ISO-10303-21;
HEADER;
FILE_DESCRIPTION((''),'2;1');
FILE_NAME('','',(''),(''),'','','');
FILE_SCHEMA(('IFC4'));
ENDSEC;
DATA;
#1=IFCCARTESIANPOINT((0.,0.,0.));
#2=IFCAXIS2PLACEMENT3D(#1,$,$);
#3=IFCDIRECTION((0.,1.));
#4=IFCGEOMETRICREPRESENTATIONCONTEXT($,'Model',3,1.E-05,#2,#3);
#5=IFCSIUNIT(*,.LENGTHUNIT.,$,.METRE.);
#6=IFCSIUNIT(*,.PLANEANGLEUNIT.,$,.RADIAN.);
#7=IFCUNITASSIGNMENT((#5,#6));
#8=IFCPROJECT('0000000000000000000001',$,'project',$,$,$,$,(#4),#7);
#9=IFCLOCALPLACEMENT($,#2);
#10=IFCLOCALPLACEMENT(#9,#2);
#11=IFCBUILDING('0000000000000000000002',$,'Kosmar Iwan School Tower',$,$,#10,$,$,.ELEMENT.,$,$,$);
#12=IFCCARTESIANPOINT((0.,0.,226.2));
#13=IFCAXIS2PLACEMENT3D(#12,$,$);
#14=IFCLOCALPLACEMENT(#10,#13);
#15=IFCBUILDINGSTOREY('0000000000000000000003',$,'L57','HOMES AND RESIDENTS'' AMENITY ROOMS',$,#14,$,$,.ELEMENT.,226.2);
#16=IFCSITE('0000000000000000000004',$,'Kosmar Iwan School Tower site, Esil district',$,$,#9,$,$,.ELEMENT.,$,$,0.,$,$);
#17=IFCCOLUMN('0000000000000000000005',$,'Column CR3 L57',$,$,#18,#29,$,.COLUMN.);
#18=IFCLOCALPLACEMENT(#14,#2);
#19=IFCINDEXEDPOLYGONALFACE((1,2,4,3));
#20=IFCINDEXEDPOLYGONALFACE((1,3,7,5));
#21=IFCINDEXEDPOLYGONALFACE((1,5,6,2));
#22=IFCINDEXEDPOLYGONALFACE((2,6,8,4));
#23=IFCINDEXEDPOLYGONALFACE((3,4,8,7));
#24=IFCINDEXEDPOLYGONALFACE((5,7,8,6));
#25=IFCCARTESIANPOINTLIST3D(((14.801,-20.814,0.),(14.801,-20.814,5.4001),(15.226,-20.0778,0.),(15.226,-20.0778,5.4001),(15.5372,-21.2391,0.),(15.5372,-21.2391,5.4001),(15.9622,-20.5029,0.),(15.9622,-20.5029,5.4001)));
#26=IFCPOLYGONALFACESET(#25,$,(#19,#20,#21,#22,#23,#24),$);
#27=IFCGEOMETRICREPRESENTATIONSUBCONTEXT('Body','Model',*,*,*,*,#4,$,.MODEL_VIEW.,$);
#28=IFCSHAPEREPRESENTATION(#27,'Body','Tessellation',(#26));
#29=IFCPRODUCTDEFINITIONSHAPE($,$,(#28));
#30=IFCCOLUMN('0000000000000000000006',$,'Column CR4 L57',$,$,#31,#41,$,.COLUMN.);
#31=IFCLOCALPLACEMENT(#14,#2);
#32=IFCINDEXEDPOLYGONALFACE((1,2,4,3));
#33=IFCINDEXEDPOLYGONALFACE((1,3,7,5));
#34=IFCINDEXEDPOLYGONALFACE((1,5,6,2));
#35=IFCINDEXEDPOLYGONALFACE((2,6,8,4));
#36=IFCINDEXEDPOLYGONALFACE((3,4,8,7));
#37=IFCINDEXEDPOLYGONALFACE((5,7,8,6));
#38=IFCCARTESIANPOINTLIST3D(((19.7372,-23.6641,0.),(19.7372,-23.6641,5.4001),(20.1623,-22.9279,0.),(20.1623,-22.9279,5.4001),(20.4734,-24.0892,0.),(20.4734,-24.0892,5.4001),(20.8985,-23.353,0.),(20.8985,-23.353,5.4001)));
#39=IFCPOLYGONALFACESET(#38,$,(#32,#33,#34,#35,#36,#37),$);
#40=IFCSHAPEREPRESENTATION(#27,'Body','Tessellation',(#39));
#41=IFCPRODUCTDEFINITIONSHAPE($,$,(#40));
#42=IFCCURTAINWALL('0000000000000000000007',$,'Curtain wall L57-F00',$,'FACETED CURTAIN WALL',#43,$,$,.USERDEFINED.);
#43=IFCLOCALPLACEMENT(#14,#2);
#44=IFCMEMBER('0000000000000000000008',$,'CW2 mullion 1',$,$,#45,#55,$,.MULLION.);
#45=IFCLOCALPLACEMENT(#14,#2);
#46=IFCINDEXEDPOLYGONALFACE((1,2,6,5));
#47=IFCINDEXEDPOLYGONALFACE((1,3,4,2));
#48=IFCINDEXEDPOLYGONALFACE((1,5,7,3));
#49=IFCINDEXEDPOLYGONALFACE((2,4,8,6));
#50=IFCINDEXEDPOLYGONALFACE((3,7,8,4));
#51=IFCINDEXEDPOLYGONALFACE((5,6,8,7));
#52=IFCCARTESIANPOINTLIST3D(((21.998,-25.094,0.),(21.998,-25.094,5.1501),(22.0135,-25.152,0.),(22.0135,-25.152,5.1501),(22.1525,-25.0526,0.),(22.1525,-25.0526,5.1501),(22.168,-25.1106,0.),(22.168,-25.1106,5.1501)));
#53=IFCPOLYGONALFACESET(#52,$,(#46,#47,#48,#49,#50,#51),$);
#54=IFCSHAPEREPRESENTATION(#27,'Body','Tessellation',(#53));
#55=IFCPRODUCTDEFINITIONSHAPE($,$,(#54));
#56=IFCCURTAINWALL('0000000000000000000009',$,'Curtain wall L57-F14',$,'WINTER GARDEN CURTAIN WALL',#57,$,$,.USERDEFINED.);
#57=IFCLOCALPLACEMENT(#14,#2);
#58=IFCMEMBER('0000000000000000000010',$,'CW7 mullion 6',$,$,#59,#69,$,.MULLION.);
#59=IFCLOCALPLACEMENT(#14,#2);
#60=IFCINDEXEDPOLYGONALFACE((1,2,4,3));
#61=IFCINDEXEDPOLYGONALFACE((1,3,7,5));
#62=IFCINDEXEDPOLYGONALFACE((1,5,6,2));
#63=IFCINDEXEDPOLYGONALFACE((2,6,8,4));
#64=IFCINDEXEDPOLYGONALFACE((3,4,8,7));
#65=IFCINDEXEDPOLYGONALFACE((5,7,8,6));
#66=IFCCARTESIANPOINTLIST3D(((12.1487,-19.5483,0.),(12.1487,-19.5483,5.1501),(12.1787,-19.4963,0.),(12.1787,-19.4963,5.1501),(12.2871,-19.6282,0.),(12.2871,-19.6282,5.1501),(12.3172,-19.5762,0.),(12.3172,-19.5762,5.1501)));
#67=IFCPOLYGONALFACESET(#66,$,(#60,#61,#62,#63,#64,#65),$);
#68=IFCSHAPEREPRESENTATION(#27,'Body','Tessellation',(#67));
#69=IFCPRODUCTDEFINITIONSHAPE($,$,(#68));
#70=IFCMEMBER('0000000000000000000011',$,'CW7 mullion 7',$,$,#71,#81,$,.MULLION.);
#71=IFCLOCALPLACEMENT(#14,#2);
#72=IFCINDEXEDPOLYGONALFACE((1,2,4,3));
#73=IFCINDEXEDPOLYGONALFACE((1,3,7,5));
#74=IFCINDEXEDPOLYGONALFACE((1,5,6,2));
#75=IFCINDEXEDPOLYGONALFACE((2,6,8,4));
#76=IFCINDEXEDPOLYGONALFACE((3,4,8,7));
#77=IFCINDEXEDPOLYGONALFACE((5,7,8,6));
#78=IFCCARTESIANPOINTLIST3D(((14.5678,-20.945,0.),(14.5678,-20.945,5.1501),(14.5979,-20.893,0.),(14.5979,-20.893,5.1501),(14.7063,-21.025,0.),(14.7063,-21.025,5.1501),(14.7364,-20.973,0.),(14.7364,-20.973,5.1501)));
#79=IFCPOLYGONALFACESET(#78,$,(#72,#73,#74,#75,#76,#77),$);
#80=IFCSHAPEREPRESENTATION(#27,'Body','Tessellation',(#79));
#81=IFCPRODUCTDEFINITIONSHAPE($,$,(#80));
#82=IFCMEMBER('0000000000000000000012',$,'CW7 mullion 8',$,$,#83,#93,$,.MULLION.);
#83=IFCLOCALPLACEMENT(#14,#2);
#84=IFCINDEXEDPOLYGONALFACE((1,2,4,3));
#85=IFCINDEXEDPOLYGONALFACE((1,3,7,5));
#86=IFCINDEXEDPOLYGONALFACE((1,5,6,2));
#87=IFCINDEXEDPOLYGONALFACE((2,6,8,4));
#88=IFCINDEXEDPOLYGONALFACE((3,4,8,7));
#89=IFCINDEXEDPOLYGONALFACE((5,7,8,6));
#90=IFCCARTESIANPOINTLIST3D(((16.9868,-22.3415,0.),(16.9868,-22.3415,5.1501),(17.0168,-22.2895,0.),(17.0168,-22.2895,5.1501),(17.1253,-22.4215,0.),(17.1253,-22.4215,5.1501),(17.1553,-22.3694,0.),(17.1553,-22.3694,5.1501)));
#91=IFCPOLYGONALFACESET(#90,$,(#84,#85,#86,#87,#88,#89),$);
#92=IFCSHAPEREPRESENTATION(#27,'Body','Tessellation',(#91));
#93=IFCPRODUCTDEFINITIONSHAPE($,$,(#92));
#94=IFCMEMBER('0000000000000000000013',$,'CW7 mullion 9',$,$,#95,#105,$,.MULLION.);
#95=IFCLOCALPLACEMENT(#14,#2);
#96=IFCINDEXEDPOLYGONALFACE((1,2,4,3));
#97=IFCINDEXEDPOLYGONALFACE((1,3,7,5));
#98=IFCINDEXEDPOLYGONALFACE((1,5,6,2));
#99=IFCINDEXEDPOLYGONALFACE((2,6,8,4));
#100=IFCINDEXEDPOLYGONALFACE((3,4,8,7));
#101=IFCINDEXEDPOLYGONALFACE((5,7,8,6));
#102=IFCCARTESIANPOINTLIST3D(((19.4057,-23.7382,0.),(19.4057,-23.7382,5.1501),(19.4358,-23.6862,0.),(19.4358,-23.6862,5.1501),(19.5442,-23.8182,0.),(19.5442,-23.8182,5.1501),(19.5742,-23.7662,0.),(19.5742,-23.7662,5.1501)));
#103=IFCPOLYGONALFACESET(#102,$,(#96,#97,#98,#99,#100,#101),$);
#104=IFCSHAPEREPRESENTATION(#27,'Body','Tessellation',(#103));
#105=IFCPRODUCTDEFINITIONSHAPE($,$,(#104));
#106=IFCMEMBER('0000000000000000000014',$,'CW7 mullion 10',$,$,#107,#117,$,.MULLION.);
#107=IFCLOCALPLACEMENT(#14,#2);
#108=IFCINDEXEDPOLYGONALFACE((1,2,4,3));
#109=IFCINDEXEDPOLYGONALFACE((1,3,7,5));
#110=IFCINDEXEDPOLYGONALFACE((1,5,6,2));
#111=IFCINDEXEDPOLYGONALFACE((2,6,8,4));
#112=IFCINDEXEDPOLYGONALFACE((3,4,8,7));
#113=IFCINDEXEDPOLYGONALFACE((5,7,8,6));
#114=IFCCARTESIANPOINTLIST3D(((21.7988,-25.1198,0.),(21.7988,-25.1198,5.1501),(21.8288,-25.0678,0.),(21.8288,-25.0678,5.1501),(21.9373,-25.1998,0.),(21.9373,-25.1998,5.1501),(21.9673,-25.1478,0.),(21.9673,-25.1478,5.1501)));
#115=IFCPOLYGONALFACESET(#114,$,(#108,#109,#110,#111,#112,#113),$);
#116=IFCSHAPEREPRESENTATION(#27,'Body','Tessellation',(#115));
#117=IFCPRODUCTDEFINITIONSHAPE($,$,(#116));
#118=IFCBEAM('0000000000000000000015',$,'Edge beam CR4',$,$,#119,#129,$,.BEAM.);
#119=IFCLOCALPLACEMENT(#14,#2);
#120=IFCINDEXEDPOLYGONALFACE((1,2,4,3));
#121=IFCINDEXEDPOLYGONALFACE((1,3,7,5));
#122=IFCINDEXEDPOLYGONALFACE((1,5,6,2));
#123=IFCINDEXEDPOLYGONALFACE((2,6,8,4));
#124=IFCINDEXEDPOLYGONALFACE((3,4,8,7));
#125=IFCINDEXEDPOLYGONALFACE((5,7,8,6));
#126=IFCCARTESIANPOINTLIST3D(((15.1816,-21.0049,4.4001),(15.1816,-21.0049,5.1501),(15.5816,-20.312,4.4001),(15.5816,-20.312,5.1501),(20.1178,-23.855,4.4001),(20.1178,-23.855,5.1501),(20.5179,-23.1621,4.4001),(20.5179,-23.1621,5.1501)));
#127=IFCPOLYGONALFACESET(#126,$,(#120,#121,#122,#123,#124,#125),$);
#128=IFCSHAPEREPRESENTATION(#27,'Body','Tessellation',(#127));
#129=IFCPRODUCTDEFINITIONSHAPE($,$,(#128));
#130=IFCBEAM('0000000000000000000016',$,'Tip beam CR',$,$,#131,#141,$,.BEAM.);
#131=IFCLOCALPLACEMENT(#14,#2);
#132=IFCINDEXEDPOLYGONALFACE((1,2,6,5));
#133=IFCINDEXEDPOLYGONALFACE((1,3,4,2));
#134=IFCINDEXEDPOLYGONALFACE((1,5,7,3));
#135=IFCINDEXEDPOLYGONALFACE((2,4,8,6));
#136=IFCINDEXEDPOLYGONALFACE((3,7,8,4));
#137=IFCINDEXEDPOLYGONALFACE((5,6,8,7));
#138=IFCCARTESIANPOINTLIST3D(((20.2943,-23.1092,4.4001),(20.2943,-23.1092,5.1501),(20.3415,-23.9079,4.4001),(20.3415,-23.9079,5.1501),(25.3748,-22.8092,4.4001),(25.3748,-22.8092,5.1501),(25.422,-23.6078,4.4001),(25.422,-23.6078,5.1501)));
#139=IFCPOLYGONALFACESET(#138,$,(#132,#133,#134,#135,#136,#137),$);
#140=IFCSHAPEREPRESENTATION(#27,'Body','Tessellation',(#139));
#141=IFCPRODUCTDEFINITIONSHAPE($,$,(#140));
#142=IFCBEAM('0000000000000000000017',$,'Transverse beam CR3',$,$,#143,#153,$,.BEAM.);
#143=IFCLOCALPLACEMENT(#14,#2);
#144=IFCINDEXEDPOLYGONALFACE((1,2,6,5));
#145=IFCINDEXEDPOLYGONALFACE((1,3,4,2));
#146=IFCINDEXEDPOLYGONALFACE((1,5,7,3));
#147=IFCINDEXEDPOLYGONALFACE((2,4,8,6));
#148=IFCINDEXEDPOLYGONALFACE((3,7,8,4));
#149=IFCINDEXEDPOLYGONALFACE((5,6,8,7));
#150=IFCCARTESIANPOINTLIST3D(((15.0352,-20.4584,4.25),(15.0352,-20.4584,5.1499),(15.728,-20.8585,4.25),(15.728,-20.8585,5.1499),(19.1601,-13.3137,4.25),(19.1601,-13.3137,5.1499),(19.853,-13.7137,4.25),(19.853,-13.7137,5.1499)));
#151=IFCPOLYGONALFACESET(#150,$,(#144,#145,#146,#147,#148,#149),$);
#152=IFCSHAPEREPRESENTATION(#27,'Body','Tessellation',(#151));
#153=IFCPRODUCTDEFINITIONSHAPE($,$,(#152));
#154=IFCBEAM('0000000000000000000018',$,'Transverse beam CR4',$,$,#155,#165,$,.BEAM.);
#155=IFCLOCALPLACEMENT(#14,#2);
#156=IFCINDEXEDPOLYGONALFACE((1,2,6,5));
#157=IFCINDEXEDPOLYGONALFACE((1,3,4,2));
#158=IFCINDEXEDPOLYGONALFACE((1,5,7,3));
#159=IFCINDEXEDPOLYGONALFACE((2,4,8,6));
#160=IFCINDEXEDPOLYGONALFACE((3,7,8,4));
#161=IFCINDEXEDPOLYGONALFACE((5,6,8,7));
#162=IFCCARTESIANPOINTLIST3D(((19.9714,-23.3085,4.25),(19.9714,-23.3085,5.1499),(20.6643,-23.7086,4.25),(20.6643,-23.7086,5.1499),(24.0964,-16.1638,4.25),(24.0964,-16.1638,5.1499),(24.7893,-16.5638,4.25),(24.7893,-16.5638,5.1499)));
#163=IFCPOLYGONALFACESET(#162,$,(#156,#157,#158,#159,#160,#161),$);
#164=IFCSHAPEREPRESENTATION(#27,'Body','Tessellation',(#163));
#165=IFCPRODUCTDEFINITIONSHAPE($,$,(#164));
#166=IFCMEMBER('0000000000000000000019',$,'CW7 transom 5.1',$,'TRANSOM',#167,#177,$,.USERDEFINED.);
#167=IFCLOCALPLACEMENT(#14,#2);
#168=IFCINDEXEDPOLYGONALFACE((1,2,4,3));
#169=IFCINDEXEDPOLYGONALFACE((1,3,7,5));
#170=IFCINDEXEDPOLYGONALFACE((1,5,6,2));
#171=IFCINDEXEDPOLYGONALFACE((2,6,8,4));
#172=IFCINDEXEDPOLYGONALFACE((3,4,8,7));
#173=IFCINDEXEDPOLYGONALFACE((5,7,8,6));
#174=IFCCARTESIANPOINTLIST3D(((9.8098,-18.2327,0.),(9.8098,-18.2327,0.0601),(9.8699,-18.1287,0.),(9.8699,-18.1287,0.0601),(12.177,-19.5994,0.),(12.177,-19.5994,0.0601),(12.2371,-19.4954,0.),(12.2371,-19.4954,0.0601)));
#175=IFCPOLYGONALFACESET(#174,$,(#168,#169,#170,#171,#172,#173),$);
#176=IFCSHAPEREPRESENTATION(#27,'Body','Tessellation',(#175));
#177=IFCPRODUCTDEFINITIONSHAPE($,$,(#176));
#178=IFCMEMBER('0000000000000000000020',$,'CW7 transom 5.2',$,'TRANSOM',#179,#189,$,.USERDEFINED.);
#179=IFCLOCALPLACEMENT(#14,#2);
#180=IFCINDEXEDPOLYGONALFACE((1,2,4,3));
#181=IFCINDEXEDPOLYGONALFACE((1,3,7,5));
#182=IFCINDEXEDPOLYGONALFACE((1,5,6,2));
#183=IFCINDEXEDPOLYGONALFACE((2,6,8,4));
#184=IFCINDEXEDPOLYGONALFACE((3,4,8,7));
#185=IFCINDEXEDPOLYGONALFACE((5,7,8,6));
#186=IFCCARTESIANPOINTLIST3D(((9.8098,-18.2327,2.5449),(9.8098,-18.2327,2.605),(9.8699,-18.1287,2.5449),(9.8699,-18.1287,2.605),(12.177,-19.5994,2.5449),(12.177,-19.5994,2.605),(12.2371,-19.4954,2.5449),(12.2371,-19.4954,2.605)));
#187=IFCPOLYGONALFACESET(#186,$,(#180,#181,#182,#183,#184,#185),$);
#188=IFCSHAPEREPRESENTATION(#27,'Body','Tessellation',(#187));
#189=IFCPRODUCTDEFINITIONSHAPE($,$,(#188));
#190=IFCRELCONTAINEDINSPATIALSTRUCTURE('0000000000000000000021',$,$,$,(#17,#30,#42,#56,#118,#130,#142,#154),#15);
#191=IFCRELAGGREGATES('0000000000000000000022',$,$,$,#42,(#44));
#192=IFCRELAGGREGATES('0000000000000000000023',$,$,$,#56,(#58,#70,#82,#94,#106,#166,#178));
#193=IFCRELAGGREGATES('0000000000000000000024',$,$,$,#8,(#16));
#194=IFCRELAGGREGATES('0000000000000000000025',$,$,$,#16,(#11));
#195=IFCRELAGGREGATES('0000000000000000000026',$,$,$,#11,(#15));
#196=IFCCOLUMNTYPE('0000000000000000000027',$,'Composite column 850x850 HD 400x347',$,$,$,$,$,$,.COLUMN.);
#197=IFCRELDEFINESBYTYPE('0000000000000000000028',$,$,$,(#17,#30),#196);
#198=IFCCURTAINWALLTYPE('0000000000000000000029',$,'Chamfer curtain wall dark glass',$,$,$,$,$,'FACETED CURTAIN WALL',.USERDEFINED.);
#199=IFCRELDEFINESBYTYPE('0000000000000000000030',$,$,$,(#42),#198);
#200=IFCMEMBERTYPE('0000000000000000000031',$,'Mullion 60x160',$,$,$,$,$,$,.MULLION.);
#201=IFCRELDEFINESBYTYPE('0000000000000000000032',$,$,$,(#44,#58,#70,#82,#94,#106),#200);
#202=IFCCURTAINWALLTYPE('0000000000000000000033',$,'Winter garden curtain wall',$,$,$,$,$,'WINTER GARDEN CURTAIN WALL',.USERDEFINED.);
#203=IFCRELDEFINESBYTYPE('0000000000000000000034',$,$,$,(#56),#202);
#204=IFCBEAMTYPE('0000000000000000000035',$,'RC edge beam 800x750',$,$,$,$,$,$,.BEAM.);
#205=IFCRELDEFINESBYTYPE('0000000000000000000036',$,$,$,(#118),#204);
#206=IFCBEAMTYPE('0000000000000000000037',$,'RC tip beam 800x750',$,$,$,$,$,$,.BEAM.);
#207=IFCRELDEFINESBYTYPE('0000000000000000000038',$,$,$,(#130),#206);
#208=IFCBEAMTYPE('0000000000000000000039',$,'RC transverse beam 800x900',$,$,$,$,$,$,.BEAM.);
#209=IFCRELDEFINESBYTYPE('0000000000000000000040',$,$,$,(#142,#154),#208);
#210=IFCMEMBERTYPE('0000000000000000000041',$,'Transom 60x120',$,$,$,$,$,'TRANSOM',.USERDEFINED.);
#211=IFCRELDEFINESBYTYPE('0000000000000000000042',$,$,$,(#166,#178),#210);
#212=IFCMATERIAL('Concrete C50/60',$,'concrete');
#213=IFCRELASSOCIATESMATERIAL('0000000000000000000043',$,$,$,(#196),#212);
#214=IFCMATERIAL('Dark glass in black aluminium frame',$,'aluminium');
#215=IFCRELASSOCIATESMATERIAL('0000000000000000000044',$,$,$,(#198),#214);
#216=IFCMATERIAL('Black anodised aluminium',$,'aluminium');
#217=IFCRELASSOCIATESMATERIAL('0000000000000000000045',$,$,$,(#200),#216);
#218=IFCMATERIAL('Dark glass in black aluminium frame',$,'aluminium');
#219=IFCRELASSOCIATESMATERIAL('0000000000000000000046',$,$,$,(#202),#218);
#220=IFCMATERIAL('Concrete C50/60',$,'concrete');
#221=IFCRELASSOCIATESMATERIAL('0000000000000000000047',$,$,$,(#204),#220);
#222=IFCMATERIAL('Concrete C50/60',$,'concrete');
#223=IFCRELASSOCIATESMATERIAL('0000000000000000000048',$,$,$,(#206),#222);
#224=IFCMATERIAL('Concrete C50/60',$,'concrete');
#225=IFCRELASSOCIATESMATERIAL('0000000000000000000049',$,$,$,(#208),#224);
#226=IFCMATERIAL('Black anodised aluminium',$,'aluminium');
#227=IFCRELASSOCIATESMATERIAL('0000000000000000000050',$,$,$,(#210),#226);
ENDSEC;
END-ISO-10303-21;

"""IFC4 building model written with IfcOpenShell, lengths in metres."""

from ifc_helpers import new_model, si_unit, direction, frame, origin, origin_2d, place, context, subcontext, project, spatial, rectangle, extrude, material, material_profile, profile_set, type_object, element, aggregate, save


model = new_model("IFC4")

# Units and contexts
model_context = context("Model", 3, precision=1e-05, world=origin(), true_north=direction((0.0, 1.0)))
body_context = subcontext(model_context, "Body", "Model", "MODEL_VIEW")
ifc_project = project(units=[si_unit("LENGTHUNIT", "METRE"), si_unit("PLANEANGLEUNIT", "RADIAN")], contexts=[model_context])

# Site, building, storey
site_placement = place(None, origin())
site = spatial("IfcSite", under=ifc_project, at=site_placement, Name="Kosmar Iwan School Tower site, Esil district", CompositionType="ELEMENT", RefElevation=0.0)
building_placement = place(site_placement, origin())
building = spatial("IfcBuilding", under=site, at=building_placement, Name="Kosmar Iwan School Tower", CompositionType="ELEMENT")
storey_placement = place(building_placement, frame((0.0, 0.0, 226.2)))
storey = spatial("IfcBuildingStorey", under=building, at=storey_placement, Name="L57", Description="HOMES AND RESIDENTS' AMENITY ROOMS", CompositionType="ELEMENT", Elevation=226.2)

# Columns
ifc_material_1 = material(Name="Concrete C50/60", Category="concrete")
ifc_material_profile_1 = material_profile(ifc_material_1, rectangle(XDim=0.8501, YDim=0.8501, at=origin_2d()), Name="RC 850x850 + HD 400x347")
ifc_profile_set_1 = profile_set([ifc_material_profile_1], Name="Concrete C50/60")
column_type = type_object("IfcColumnType", Name="Composite column 850x850 HD 400x347", PredefinedType="COLUMN", material=ifc_profile_set_1)
for number, where, z_axis, x_axis, name in (
    (1, (15.3816, -20.6584, 0.0), (0.0, 0.0, 1.0), (0.866025, -0.5, 0.0), "Column CR3 L57"),
    (2, (20.3179, -23.5085, 0.0), (0.0, 0.0, 1.0), (0.866025, -0.5, 0.0), "Column CR4 L57"),
):
    element("IfcColumn", number, at=place(storey_placement, frame(where, z_axis=z_axis, x_axis=x_axis)), inside=storey, type_object=column_type, Name=name, PredefinedType="COLUMN", context=body_context, shape_type="SweptSolid", body=[
        extrude(rectangle(XDim=0.8501, YDim=0.8501, at=origin_2d()), origin(), (0.0, 0.0, 1.0), 5.4001),
    ])

# Curtain wall, member
ifc_material_2 = material(Name="Dark glass in black aluminium frame", Category="aluminium")
curtain_wall_type_1 = type_object("IfcCurtainWallType", Name="Chamfer curtain wall dark glass", ElementType="FACETED CURTAIN WALL", PredefinedType="USERDEFINED", material=ifc_material_2)
curtain_wall_1_placement = place(storey_placement, origin())
curtain_wall_1 = element("IfcCurtainWall", 3, at=curtain_wall_1_placement, inside=storey, type_object=curtain_wall_type_1, Name="Curtain wall L57-F00", ObjectType="FACETED CURTAIN WALL", PredefinedType="USERDEFINED")
ifc_material_3 = material(Name="Black anodised aluminium", Category="aluminium")
ifc_material_profile_2 = material_profile(ifc_material_3, rectangle(XDim=0.0601, YDim=0.1599, at=origin_2d()), Name="MULLION 60x160")
ifc_profile_set_2 = profile_set([ifc_material_profile_2], Name="Black anodised aluminium")
member_type_1 = type_object("IfcMemberType", Name="Mullion 60x160", PredefinedType="MULLION", material=ifc_profile_set_2)
member_1_placement = place(storey_placement, frame((22.083, -25.1023, 0.0), z_axis=(0.0, 0.0, 1.0), x_axis=(-0.258819, 0.965926, 0.0)))
member_1 = element("IfcMember", 4, at=member_1_placement, type_object=member_type_1, Name="CW2 mullion 1", PredefinedType="MULLION", context=body_context, shape_type="SweptSolid", body=[
    extrude(rectangle(XDim=0.0601, YDim=0.1599, at=origin_2d()), origin(), (0.0, 0.0, 1.0), 5.1501),
])
aggregate(curtain_wall_1, [member_1])

# Curtain wall, members
ifc_material_4 = material(Name="Dark glass in black aluminium frame", Category="aluminium")
curtain_wall_type_2 = type_object("IfcCurtainWallType", Name="Winter garden curtain wall", ElementType="WINTER GARDEN CURTAIN WALL", PredefinedType="USERDEFINED", material=ifc_material_4)
curtain_wall_2_placement = place(storey_placement, origin())
curtain_wall_2 = element("IfcCurtainWall", 5, at=curtain_wall_2_placement, inside=storey, type_object=curtain_wall_type_2, Name="Curtain wall L57-F14", ObjectType="WINTER GARDEN CURTAIN WALL", PredefinedType="USERDEFINED")
member_2_placement = place(storey_placement, frame((12.2329, -19.5623, 0.0), z_axis=(0.0, 0.0, 1.0), x_axis=(0.5, 0.866025, 0.0)))
member_2 = element("IfcMember", 6, at=member_2_placement, type_object=member_type_1, Name="CW7 mullion 6", PredefinedType="MULLION", context=body_context, shape_type="SweptSolid", body=[
    extrude(rectangle(XDim=0.0601, YDim=0.1599, at=origin_2d()), origin(), (0.0, 0.0, 1.0), 5.1501),
])
member_3_placement = place(storey_placement, frame((14.6521, -20.959, 0.0), z_axis=(0.0, 0.0, 1.0), x_axis=(0.5, 0.866025, 0.0)))
member_3 = element("IfcMember", 7, at=member_3_placement, type_object=member_type_1, Name="CW7 mullion 7", PredefinedType="MULLION", context=body_context, shape_type="SweptSolid", body=[
    extrude(rectangle(XDim=0.0601, YDim=0.1599, at=origin_2d()), origin(), (0.0, 0.0, 1.0), 5.1501),
])
member_4_placement = place(storey_placement, frame((17.071, -22.3555, 0.0), z_axis=(0.0, 0.0, 1.0), x_axis=(0.5, 0.866025, 0.0)))
member_4 = element("IfcMember", 8, at=member_4_placement, type_object=member_type_1, Name="CW7 mullion 8", PredefinedType="MULLION", context=body_context, shape_type="SweptSolid", body=[
    extrude(rectangle(XDim=0.0601, YDim=0.1599, at=origin_2d()), origin(), (0.0, 0.0, 1.0), 5.1501),
])
member_5_placement = place(storey_placement, frame((19.49, -23.7522, 0.0), z_axis=(0.0, 0.0, 1.0), x_axis=(0.5, 0.866025, 0.0)))
member_5 = element("IfcMember", 9, at=member_5_placement, type_object=member_type_1, Name="CW7 mullion 9", PredefinedType="MULLION", context=body_context, shape_type="SweptSolid", body=[
    extrude(rectangle(XDim=0.0601, YDim=0.1599, at=origin_2d()), origin(), (0.0, 0.0, 1.0), 5.1501),
])
member_6_placement = place(storey_placement, frame((21.8831, -25.1338, 0.0), z_axis=(0.0, 0.0, 1.0), x_axis=(0.5, 0.866025, 0.0)))
member_6 = element("IfcMember", 10, at=member_6_placement, type_object=member_type_1, Name="CW7 mullion 10", PredefinedType="MULLION", context=body_context, shape_type="SweptSolid", body=[
    extrude(rectangle(XDim=0.0601, YDim=0.1599, at=origin_2d()), origin(), (0.0, 0.0, 1.0), 5.1501),
])

# Beams
ifc_material_5 = material(Name="Concrete C50/60", Category="concrete")
ifc_material_profile_3 = material_profile(ifc_material_5, rectangle(XDim=0.8, YDim=0.75, at=origin_2d()), Name="RC 800x750")
ifc_profile_set_3 = profile_set([ifc_material_profile_3], Name="Concrete C50/60")
beam_type_1 = type_object("IfcBeamType", Name="RC edge beam 800x750", PredefinedType="BEAM", material=ifc_profile_set_3)
beam_1_placement = place(storey_placement, frame((15.3816, -20.6584, 4.7751), z_axis=(0.866015, -0.500018, 0.0), x_axis=(0.500018, 0.866015, 0.0)))
element("IfcBeam", 11, at=beam_1_placement, inside=storey, type_object=beam_type_1, Name="Edge beam CR4", PredefinedType="BEAM", context=body_context, shape_type="SweptSolid", body=[
    extrude(rectangle(XDim=0.8, YDim=0.75, at=origin_2d()), origin(), (0.0, 0.0, 1.0), 5.7),
])
ifc_material_6 = material(Name="Concrete C50/60", Category="concrete")
ifc_material_profile_4 = material_profile(ifc_material_6, rectangle(XDim=0.8, YDim=0.75, at=origin_2d()), Name="RC 800x750")
ifc_profile_set_4 = profile_set([ifc_material_profile_4], Name="Concrete C50/60")
beam_type_2 = type_object("IfcBeamType", Name="RC tip beam 800x750", PredefinedType="BEAM", material=ifc_profile_set_4)
beam_2_placement = place(storey_placement, frame((20.3179, -23.5085, 4.7751), z_axis=(0.998261, 0.058955, 0.0), x_axis=(-0.058955, 0.998261, 0.0)))
element("IfcBeam", 12, at=beam_2_placement, inside=storey, type_object=beam_type_2, Name="Tip beam CR", PredefinedType="BEAM", context=body_context, shape_type="SweptSolid", body=[
    extrude(rectangle(XDim=0.8, YDim=0.75, at=origin_2d()), origin(), (0.0, 0.0, 1.0), 5.0894),
])
ifc_material_7 = material(Name="Concrete C50/60", Category="concrete")
ifc_material_profile_5 = material_profile(ifc_material_7, rectangle(XDim=0.8, YDim=0.8999, at=origin_2d()), Name="RC 800x900")
ifc_profile_set_5 = profile_set([ifc_material_profile_5], Name="Concrete C50/60")
beam_type_3 = type_object("IfcBeamType", Name="RC transverse beam 800x900", PredefinedType="BEAM", material=ifc_profile_set_5)
for number, where, z_axis, x_axis, name in (
    (13, (15.3816, -20.6584, 4.7), (0.499997, 0.866027, 0.0), (-0.866027, 0.499997, 0.0), "Transverse beam CR3"),
    (14, (20.3179, -23.5085, 4.7), (0.499997, 0.866027, 0.0), (-0.866027, 0.499997, 0.0), "Transverse beam CR4"),
):
    element("IfcBeam", number, at=place(storey_placement, frame(where, z_axis=z_axis, x_axis=x_axis)), inside=storey, type_object=beam_type_3, Name=name, PredefinedType="BEAM", context=body_context, shape_type="SweptSolid", body=[
        extrude(rectangle(XDim=0.8, YDim=0.8999, at=origin_2d()), origin(), (0.0, 0.0, 1.0), 8.25),
    ])

# Members
ifc_material_8 = material(Name="Black anodised aluminium", Category="aluminium")
ifc_material_profile_6 = material_profile(ifc_material_8, rectangle(XDim=0.1201, YDim=0.0601, at=origin_2d()), Name="TRANSOM 60x120")
ifc_profile_set_6 = profile_set([ifc_material_profile_6], Name="Black anodised aluminium")
member_type_2 = type_object("IfcMemberType", Name="Transom 60x120", ElementType="TRANSOM", PredefinedType="USERDEFINED", material=ifc_profile_set_6)
member_7_placement = place(storey_placement, frame((9.8398, -18.1807, 0.03), z_axis=(0.866025, -0.500001, 0.0), x_axis=(0.500001, 0.866025, 0.0)))
member_7 = element("IfcMember", 15, at=member_7_placement, type_object=member_type_2, Name="CW7 transom 5.1", ObjectType="TRANSOM", PredefinedType="USERDEFINED", context=body_context, shape_type="SweptSolid", body=[
    extrude(rectangle(XDim=0.1201, YDim=0.0601, at=origin_2d()), origin(), (0.0, 0.0, 1.0), 2.7334),
])
member_8_placement = place(storey_placement, frame((9.8398, -18.1807, 2.575), z_axis=(0.866025, -0.500001, 0.0), x_axis=(0.500001, 0.866025, 0.0)))
member_8 = element("IfcMember", 16, at=member_8_placement, type_object=member_type_2, Name="CW7 transom 5.2", ObjectType="TRANSOM", PredefinedType="USERDEFINED", context=body_context, shape_type="SweptSolid", body=[
    extrude(rectangle(XDim=0.1201, YDim=0.0601, at=origin_2d()), origin(), (0.0, 0.0, 1.0), 2.7334),
])

aggregate(curtain_wall_2, [member_2, member_3, member_4, member_5, member_6, member_7, member_8])

save(model, "model.ifc")
